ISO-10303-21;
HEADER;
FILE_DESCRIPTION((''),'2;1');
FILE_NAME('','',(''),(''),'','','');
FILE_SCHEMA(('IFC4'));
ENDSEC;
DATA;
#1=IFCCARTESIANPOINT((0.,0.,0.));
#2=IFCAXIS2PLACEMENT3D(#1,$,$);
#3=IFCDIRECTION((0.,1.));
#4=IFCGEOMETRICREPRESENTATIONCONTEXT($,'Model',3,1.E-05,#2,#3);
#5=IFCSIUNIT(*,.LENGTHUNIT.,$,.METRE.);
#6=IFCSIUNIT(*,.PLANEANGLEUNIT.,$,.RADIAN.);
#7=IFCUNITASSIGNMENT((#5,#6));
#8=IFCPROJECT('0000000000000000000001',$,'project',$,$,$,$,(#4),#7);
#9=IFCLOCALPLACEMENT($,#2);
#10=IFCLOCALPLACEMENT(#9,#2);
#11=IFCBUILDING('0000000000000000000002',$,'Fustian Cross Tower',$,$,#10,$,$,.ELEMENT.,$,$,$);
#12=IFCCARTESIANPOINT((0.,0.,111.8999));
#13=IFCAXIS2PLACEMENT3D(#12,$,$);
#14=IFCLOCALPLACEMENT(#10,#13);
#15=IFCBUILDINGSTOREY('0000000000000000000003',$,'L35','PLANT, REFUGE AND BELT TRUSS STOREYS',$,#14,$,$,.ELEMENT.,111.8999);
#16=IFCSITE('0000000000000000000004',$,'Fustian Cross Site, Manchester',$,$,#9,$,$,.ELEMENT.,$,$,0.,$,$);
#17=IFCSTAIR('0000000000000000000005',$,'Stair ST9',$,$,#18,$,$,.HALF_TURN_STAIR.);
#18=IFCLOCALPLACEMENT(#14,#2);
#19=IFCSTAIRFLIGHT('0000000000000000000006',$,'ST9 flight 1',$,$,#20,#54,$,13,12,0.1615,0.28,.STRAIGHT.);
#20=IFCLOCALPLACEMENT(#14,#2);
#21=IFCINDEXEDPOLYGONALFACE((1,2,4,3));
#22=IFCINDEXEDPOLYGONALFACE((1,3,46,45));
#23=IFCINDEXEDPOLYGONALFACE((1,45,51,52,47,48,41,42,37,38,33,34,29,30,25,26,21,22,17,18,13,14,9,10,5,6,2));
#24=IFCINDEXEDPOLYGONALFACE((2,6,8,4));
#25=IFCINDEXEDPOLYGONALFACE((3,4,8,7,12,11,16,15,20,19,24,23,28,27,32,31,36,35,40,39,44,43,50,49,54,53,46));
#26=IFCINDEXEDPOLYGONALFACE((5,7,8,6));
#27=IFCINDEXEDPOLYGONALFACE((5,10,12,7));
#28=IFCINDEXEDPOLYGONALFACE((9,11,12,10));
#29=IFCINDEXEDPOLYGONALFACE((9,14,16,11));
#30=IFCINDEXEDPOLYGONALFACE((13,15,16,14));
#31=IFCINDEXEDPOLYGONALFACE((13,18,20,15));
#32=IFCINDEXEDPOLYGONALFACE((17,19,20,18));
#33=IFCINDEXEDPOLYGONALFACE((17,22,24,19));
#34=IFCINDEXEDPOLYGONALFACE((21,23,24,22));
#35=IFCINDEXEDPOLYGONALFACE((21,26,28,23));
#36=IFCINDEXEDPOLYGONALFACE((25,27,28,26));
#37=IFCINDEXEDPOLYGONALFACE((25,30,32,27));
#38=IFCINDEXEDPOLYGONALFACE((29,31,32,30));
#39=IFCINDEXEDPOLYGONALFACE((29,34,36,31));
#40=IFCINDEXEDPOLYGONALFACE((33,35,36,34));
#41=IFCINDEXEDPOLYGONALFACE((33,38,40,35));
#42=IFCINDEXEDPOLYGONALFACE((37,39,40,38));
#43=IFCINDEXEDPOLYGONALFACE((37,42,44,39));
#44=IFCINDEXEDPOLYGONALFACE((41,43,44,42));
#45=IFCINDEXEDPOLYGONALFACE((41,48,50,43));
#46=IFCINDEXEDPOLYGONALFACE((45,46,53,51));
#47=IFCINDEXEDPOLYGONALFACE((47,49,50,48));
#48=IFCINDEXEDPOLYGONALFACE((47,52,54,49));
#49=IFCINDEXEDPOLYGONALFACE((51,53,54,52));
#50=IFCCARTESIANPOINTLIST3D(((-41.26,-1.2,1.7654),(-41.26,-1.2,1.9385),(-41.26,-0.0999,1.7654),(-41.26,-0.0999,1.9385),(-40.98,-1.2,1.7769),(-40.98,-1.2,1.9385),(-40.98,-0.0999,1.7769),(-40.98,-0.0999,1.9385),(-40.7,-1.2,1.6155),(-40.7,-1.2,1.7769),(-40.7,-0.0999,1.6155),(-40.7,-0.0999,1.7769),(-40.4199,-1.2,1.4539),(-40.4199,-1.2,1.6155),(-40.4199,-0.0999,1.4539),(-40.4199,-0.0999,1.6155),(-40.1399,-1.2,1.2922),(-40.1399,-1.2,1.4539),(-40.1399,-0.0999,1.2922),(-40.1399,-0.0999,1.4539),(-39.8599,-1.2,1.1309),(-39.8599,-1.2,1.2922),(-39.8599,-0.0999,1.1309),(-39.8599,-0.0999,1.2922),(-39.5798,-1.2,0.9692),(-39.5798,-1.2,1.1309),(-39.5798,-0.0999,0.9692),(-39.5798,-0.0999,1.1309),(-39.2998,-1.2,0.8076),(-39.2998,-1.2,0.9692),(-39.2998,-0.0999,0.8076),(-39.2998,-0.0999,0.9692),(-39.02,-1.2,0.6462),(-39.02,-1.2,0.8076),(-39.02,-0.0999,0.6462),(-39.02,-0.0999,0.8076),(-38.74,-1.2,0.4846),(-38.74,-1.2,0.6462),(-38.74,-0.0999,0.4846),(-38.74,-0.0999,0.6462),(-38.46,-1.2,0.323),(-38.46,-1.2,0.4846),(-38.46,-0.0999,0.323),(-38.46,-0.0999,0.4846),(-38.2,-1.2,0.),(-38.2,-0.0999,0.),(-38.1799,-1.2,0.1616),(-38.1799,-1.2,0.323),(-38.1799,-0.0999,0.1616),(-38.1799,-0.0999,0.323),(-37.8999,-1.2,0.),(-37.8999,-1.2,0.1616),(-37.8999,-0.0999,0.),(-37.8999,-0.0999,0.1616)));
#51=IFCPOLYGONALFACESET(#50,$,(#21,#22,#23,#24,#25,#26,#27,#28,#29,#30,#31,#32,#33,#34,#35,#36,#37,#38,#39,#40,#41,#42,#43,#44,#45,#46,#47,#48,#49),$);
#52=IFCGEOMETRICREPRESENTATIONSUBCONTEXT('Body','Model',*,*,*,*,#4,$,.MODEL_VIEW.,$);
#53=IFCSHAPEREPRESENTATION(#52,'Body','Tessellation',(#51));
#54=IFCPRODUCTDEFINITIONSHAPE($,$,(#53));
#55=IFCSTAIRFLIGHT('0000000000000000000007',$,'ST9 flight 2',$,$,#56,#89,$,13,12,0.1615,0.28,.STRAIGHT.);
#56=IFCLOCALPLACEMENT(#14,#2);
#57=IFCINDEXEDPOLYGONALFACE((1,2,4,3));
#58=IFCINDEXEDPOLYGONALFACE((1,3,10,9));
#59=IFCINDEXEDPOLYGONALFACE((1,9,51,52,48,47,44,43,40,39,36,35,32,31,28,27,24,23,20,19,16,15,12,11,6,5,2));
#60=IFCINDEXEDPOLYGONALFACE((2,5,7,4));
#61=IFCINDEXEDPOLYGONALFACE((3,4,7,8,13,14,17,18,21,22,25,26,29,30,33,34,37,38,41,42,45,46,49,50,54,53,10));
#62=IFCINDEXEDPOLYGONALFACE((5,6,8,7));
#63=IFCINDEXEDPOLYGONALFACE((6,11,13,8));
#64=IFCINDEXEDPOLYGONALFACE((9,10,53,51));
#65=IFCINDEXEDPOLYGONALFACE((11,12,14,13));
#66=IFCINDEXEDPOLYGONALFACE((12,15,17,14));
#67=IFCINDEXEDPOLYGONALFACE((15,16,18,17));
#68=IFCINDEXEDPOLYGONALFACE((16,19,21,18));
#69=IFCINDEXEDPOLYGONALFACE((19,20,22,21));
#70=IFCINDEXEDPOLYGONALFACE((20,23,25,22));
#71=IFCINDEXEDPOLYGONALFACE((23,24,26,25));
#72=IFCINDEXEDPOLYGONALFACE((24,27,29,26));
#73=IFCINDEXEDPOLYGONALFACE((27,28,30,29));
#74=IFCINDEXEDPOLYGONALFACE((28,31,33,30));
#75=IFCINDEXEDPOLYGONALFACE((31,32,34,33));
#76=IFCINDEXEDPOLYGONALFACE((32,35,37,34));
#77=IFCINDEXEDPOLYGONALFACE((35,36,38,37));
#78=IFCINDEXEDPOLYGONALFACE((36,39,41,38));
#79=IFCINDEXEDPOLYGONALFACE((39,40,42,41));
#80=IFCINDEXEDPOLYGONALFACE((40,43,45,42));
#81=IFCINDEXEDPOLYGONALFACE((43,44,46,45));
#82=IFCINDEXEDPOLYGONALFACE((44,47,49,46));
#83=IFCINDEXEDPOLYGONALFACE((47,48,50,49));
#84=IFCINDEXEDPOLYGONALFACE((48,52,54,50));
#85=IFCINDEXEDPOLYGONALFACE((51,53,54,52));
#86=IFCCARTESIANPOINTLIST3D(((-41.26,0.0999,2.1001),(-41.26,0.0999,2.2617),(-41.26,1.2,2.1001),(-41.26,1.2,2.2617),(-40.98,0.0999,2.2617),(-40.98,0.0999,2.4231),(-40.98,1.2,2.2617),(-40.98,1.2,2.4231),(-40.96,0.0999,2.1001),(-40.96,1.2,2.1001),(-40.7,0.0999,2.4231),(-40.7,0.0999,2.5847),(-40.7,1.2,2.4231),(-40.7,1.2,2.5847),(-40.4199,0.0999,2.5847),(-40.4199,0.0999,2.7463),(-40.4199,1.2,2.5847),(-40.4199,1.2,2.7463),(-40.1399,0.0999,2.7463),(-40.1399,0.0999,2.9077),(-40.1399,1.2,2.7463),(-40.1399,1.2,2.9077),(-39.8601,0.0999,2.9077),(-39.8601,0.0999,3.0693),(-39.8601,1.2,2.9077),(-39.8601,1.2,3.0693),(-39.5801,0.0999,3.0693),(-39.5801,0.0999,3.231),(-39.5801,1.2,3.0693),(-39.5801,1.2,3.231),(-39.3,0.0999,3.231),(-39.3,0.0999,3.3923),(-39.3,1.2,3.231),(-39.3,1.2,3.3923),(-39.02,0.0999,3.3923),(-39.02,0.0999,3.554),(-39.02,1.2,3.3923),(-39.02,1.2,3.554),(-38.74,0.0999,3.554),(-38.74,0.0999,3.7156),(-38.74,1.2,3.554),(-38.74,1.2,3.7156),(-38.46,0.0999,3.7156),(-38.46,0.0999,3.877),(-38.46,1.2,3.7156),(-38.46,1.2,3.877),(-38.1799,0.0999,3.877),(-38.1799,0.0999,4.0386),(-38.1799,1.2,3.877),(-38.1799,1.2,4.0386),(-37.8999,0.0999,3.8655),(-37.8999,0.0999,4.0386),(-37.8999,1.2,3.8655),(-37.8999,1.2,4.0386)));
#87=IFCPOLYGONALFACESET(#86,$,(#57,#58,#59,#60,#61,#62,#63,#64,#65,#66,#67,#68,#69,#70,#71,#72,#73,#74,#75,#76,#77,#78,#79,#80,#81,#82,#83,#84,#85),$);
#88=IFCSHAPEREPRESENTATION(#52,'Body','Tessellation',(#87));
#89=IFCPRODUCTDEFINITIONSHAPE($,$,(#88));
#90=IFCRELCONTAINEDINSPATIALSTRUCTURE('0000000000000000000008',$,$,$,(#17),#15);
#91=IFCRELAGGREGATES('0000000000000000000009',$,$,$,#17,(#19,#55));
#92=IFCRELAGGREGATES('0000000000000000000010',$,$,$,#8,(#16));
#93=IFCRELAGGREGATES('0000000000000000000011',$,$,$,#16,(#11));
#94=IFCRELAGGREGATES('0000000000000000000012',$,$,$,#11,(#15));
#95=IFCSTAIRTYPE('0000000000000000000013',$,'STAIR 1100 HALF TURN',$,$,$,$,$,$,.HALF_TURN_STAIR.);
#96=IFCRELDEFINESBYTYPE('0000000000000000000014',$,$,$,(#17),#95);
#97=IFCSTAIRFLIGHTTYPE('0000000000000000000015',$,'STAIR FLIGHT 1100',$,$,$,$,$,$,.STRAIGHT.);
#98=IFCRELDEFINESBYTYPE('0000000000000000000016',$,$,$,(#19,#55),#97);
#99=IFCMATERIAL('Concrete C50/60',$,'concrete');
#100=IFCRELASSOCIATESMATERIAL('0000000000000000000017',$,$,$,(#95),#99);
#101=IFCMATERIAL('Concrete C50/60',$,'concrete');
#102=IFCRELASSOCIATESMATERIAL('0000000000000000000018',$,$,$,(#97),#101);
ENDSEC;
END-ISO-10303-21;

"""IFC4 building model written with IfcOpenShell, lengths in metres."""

from ifc_helpers import new_model, si_unit, direction, frame, origin, place, context, subcontext, project, spatial, polyline, outline, extrude, material, type_object, element, aggregate, save


model = new_model("IFC4")

# Units and contexts
model_context = context("Model", 3, precision=1e-05, world=origin(), true_north=direction((0.0, 1.0)))
body_context = subcontext(model_context, "Body", "Model", "MODEL_VIEW")
ifc_project = project(units=[si_unit("LENGTHUNIT", "METRE"), si_unit("PLANEANGLEUNIT", "RADIAN")], contexts=[model_context])

# Site, building, storey
site_placement = place(None, origin())
site = spatial("IfcSite", under=ifc_project, at=site_placement, Name="Fustian Cross Site, Manchester", CompositionType="ELEMENT", RefElevation=0.0)
building_placement = place(site_placement, origin())
building = spatial("IfcBuilding", under=site, at=building_placement, Name="Fustian Cross Tower", CompositionType="ELEMENT")
storey_placement = place(building_placement, frame((0.0, 0.0, 111.8999)))
storey = spatial("IfcBuildingStorey", under=building, at=storey_placement, Name="L35", Description="PLANT, REFUGE AND BELT TRUSS STOREYS", CompositionType="ELEMENT", Elevation=111.8999)

# Stair, stair flights
ifc_material_1 = material(Name="Concrete C50/60", Category="concrete")
stair_type = type_object("IfcStairType", Name="STAIR 1100 HALF TURN", PredefinedType="HALF_TURN_STAIR", material=ifc_material_1)
stair_placement = place(storey_placement, origin())
stair = element("IfcStair", 1, at=stair_placement, inside=storey, type_object=stair_type, Name="Stair ST9", PredefinedType="HALF_TURN_STAIR")
ifc_material_2 = material(Name="Concrete C50/60", Category="concrete")
stair_flight_type = type_object("IfcStairFlightType", Name="STAIR FLIGHT 1100", PredefinedType="STRAIGHT", material=ifc_material_2)
stair_flight_1_placement = place(storey_placement, frame((-37.8999, -0.6499, 0.0), z_axis=(0.0, 0.0, 1.0), x_axis=(-1.0, 0.0, 0.0)))
stair_flight_1 = element("IfcStairFlight", 2, at=stair_flight_1_placement, type_object=stair_flight_type, Name="ST9 flight 1", NumberOfRisers=13, NumberOfTreads=12, PredefinedType="STRAIGHT", RiserHeight=0.1615, TreadLength=0.28, context=body_context, shape_type="SweptSolid", body=[
    extrude(outline(polyline([(0.0, 0.0), (0.0, 0.1616), (0.28, 0.1616), (0.28, 0.323), (0.5601, 0.323), (0.5601, 0.4846), (0.8401, 0.4846), (0.8401, 0.6462), (1.1201, 0.6462), (1.1201, 0.8076), (1.3999, 0.8076), (1.3999, 0.9692), (1.6799, 0.9692), (1.6799, 1.1309), (1.96, 1.1309), (1.96, 1.2922), (2.24, 1.2922), (2.24, 1.4539), (2.52, 1.4539), (2.52, 1.6155), (2.8, 1.6155), (2.8, 1.7769), (3.0801, 1.7769), (3.0801, 1.9385), (3.3601, 1.9385), (3.3601, 2.1001), (3.3601, 1.7654), (0.3, 0.0), (0.0, 0.0)])), frame((0.0, 0.55, 0.0), z_axis=(0.0, -1.0, 0.0), x_axis=(1.0, 0.0, 0.0)), (0.0, 0.0, 1.0), 1.1001),
])
stair_flight_2_placement = place(storey_placement, frame((-41.26, 0.6499, 2.1001), z_axis=(0.0, 0.0, 1.0), x_axis=(1.0, 0.0, 0.0)))
stair_flight_2 = element("IfcStairFlight", 3, at=stair_flight_2_placement, type_object=stair_flight_type, Name="ST9 flight 2", NumberOfRisers=13, NumberOfTreads=12, PredefinedType="STRAIGHT", RiserHeight=0.1615, TreadLength=0.28, context=body_context, shape_type="SweptSolid", body=[
    extrude(outline(polyline([(0.0, 0.0), (0.0, 0.1616), (0.28, 0.1616), (0.28, 0.323), (0.5601, 0.323), (0.5601, 0.4846), (0.8401, 0.4846), (0.8401, 0.6462), (1.1201, 0.6462), (1.1201, 0.8076), (1.3999, 0.8076), (1.3999, 0.9692), (1.6799, 0.9692), (1.6799, 1.1309), (1.96, 1.1309), (1.96, 1.2922), (2.24, 1.2922), (2.24, 1.4539), (2.52, 1.4539), (2.52, 1.6155), (2.8, 1.6155), (2.8, 1.7769), (3.0801, 1.7769), (3.0801, 1.9385), (3.3601, 1.9385), (3.3601, 2.1001), (3.3601, 1.7654), (0.3, 0.0), (0.0, 0.0)])), frame((0.0, 0.55, 0.0), z_axis=(0.0, -1.0, 0.0), x_axis=(1.0, 0.0, 0.0)), (0.0, 0.0, 1.0), 1.1001),
])
aggregate(stair, [stair_flight_1, stair_flight_2])

save(model, "model.ifc")
